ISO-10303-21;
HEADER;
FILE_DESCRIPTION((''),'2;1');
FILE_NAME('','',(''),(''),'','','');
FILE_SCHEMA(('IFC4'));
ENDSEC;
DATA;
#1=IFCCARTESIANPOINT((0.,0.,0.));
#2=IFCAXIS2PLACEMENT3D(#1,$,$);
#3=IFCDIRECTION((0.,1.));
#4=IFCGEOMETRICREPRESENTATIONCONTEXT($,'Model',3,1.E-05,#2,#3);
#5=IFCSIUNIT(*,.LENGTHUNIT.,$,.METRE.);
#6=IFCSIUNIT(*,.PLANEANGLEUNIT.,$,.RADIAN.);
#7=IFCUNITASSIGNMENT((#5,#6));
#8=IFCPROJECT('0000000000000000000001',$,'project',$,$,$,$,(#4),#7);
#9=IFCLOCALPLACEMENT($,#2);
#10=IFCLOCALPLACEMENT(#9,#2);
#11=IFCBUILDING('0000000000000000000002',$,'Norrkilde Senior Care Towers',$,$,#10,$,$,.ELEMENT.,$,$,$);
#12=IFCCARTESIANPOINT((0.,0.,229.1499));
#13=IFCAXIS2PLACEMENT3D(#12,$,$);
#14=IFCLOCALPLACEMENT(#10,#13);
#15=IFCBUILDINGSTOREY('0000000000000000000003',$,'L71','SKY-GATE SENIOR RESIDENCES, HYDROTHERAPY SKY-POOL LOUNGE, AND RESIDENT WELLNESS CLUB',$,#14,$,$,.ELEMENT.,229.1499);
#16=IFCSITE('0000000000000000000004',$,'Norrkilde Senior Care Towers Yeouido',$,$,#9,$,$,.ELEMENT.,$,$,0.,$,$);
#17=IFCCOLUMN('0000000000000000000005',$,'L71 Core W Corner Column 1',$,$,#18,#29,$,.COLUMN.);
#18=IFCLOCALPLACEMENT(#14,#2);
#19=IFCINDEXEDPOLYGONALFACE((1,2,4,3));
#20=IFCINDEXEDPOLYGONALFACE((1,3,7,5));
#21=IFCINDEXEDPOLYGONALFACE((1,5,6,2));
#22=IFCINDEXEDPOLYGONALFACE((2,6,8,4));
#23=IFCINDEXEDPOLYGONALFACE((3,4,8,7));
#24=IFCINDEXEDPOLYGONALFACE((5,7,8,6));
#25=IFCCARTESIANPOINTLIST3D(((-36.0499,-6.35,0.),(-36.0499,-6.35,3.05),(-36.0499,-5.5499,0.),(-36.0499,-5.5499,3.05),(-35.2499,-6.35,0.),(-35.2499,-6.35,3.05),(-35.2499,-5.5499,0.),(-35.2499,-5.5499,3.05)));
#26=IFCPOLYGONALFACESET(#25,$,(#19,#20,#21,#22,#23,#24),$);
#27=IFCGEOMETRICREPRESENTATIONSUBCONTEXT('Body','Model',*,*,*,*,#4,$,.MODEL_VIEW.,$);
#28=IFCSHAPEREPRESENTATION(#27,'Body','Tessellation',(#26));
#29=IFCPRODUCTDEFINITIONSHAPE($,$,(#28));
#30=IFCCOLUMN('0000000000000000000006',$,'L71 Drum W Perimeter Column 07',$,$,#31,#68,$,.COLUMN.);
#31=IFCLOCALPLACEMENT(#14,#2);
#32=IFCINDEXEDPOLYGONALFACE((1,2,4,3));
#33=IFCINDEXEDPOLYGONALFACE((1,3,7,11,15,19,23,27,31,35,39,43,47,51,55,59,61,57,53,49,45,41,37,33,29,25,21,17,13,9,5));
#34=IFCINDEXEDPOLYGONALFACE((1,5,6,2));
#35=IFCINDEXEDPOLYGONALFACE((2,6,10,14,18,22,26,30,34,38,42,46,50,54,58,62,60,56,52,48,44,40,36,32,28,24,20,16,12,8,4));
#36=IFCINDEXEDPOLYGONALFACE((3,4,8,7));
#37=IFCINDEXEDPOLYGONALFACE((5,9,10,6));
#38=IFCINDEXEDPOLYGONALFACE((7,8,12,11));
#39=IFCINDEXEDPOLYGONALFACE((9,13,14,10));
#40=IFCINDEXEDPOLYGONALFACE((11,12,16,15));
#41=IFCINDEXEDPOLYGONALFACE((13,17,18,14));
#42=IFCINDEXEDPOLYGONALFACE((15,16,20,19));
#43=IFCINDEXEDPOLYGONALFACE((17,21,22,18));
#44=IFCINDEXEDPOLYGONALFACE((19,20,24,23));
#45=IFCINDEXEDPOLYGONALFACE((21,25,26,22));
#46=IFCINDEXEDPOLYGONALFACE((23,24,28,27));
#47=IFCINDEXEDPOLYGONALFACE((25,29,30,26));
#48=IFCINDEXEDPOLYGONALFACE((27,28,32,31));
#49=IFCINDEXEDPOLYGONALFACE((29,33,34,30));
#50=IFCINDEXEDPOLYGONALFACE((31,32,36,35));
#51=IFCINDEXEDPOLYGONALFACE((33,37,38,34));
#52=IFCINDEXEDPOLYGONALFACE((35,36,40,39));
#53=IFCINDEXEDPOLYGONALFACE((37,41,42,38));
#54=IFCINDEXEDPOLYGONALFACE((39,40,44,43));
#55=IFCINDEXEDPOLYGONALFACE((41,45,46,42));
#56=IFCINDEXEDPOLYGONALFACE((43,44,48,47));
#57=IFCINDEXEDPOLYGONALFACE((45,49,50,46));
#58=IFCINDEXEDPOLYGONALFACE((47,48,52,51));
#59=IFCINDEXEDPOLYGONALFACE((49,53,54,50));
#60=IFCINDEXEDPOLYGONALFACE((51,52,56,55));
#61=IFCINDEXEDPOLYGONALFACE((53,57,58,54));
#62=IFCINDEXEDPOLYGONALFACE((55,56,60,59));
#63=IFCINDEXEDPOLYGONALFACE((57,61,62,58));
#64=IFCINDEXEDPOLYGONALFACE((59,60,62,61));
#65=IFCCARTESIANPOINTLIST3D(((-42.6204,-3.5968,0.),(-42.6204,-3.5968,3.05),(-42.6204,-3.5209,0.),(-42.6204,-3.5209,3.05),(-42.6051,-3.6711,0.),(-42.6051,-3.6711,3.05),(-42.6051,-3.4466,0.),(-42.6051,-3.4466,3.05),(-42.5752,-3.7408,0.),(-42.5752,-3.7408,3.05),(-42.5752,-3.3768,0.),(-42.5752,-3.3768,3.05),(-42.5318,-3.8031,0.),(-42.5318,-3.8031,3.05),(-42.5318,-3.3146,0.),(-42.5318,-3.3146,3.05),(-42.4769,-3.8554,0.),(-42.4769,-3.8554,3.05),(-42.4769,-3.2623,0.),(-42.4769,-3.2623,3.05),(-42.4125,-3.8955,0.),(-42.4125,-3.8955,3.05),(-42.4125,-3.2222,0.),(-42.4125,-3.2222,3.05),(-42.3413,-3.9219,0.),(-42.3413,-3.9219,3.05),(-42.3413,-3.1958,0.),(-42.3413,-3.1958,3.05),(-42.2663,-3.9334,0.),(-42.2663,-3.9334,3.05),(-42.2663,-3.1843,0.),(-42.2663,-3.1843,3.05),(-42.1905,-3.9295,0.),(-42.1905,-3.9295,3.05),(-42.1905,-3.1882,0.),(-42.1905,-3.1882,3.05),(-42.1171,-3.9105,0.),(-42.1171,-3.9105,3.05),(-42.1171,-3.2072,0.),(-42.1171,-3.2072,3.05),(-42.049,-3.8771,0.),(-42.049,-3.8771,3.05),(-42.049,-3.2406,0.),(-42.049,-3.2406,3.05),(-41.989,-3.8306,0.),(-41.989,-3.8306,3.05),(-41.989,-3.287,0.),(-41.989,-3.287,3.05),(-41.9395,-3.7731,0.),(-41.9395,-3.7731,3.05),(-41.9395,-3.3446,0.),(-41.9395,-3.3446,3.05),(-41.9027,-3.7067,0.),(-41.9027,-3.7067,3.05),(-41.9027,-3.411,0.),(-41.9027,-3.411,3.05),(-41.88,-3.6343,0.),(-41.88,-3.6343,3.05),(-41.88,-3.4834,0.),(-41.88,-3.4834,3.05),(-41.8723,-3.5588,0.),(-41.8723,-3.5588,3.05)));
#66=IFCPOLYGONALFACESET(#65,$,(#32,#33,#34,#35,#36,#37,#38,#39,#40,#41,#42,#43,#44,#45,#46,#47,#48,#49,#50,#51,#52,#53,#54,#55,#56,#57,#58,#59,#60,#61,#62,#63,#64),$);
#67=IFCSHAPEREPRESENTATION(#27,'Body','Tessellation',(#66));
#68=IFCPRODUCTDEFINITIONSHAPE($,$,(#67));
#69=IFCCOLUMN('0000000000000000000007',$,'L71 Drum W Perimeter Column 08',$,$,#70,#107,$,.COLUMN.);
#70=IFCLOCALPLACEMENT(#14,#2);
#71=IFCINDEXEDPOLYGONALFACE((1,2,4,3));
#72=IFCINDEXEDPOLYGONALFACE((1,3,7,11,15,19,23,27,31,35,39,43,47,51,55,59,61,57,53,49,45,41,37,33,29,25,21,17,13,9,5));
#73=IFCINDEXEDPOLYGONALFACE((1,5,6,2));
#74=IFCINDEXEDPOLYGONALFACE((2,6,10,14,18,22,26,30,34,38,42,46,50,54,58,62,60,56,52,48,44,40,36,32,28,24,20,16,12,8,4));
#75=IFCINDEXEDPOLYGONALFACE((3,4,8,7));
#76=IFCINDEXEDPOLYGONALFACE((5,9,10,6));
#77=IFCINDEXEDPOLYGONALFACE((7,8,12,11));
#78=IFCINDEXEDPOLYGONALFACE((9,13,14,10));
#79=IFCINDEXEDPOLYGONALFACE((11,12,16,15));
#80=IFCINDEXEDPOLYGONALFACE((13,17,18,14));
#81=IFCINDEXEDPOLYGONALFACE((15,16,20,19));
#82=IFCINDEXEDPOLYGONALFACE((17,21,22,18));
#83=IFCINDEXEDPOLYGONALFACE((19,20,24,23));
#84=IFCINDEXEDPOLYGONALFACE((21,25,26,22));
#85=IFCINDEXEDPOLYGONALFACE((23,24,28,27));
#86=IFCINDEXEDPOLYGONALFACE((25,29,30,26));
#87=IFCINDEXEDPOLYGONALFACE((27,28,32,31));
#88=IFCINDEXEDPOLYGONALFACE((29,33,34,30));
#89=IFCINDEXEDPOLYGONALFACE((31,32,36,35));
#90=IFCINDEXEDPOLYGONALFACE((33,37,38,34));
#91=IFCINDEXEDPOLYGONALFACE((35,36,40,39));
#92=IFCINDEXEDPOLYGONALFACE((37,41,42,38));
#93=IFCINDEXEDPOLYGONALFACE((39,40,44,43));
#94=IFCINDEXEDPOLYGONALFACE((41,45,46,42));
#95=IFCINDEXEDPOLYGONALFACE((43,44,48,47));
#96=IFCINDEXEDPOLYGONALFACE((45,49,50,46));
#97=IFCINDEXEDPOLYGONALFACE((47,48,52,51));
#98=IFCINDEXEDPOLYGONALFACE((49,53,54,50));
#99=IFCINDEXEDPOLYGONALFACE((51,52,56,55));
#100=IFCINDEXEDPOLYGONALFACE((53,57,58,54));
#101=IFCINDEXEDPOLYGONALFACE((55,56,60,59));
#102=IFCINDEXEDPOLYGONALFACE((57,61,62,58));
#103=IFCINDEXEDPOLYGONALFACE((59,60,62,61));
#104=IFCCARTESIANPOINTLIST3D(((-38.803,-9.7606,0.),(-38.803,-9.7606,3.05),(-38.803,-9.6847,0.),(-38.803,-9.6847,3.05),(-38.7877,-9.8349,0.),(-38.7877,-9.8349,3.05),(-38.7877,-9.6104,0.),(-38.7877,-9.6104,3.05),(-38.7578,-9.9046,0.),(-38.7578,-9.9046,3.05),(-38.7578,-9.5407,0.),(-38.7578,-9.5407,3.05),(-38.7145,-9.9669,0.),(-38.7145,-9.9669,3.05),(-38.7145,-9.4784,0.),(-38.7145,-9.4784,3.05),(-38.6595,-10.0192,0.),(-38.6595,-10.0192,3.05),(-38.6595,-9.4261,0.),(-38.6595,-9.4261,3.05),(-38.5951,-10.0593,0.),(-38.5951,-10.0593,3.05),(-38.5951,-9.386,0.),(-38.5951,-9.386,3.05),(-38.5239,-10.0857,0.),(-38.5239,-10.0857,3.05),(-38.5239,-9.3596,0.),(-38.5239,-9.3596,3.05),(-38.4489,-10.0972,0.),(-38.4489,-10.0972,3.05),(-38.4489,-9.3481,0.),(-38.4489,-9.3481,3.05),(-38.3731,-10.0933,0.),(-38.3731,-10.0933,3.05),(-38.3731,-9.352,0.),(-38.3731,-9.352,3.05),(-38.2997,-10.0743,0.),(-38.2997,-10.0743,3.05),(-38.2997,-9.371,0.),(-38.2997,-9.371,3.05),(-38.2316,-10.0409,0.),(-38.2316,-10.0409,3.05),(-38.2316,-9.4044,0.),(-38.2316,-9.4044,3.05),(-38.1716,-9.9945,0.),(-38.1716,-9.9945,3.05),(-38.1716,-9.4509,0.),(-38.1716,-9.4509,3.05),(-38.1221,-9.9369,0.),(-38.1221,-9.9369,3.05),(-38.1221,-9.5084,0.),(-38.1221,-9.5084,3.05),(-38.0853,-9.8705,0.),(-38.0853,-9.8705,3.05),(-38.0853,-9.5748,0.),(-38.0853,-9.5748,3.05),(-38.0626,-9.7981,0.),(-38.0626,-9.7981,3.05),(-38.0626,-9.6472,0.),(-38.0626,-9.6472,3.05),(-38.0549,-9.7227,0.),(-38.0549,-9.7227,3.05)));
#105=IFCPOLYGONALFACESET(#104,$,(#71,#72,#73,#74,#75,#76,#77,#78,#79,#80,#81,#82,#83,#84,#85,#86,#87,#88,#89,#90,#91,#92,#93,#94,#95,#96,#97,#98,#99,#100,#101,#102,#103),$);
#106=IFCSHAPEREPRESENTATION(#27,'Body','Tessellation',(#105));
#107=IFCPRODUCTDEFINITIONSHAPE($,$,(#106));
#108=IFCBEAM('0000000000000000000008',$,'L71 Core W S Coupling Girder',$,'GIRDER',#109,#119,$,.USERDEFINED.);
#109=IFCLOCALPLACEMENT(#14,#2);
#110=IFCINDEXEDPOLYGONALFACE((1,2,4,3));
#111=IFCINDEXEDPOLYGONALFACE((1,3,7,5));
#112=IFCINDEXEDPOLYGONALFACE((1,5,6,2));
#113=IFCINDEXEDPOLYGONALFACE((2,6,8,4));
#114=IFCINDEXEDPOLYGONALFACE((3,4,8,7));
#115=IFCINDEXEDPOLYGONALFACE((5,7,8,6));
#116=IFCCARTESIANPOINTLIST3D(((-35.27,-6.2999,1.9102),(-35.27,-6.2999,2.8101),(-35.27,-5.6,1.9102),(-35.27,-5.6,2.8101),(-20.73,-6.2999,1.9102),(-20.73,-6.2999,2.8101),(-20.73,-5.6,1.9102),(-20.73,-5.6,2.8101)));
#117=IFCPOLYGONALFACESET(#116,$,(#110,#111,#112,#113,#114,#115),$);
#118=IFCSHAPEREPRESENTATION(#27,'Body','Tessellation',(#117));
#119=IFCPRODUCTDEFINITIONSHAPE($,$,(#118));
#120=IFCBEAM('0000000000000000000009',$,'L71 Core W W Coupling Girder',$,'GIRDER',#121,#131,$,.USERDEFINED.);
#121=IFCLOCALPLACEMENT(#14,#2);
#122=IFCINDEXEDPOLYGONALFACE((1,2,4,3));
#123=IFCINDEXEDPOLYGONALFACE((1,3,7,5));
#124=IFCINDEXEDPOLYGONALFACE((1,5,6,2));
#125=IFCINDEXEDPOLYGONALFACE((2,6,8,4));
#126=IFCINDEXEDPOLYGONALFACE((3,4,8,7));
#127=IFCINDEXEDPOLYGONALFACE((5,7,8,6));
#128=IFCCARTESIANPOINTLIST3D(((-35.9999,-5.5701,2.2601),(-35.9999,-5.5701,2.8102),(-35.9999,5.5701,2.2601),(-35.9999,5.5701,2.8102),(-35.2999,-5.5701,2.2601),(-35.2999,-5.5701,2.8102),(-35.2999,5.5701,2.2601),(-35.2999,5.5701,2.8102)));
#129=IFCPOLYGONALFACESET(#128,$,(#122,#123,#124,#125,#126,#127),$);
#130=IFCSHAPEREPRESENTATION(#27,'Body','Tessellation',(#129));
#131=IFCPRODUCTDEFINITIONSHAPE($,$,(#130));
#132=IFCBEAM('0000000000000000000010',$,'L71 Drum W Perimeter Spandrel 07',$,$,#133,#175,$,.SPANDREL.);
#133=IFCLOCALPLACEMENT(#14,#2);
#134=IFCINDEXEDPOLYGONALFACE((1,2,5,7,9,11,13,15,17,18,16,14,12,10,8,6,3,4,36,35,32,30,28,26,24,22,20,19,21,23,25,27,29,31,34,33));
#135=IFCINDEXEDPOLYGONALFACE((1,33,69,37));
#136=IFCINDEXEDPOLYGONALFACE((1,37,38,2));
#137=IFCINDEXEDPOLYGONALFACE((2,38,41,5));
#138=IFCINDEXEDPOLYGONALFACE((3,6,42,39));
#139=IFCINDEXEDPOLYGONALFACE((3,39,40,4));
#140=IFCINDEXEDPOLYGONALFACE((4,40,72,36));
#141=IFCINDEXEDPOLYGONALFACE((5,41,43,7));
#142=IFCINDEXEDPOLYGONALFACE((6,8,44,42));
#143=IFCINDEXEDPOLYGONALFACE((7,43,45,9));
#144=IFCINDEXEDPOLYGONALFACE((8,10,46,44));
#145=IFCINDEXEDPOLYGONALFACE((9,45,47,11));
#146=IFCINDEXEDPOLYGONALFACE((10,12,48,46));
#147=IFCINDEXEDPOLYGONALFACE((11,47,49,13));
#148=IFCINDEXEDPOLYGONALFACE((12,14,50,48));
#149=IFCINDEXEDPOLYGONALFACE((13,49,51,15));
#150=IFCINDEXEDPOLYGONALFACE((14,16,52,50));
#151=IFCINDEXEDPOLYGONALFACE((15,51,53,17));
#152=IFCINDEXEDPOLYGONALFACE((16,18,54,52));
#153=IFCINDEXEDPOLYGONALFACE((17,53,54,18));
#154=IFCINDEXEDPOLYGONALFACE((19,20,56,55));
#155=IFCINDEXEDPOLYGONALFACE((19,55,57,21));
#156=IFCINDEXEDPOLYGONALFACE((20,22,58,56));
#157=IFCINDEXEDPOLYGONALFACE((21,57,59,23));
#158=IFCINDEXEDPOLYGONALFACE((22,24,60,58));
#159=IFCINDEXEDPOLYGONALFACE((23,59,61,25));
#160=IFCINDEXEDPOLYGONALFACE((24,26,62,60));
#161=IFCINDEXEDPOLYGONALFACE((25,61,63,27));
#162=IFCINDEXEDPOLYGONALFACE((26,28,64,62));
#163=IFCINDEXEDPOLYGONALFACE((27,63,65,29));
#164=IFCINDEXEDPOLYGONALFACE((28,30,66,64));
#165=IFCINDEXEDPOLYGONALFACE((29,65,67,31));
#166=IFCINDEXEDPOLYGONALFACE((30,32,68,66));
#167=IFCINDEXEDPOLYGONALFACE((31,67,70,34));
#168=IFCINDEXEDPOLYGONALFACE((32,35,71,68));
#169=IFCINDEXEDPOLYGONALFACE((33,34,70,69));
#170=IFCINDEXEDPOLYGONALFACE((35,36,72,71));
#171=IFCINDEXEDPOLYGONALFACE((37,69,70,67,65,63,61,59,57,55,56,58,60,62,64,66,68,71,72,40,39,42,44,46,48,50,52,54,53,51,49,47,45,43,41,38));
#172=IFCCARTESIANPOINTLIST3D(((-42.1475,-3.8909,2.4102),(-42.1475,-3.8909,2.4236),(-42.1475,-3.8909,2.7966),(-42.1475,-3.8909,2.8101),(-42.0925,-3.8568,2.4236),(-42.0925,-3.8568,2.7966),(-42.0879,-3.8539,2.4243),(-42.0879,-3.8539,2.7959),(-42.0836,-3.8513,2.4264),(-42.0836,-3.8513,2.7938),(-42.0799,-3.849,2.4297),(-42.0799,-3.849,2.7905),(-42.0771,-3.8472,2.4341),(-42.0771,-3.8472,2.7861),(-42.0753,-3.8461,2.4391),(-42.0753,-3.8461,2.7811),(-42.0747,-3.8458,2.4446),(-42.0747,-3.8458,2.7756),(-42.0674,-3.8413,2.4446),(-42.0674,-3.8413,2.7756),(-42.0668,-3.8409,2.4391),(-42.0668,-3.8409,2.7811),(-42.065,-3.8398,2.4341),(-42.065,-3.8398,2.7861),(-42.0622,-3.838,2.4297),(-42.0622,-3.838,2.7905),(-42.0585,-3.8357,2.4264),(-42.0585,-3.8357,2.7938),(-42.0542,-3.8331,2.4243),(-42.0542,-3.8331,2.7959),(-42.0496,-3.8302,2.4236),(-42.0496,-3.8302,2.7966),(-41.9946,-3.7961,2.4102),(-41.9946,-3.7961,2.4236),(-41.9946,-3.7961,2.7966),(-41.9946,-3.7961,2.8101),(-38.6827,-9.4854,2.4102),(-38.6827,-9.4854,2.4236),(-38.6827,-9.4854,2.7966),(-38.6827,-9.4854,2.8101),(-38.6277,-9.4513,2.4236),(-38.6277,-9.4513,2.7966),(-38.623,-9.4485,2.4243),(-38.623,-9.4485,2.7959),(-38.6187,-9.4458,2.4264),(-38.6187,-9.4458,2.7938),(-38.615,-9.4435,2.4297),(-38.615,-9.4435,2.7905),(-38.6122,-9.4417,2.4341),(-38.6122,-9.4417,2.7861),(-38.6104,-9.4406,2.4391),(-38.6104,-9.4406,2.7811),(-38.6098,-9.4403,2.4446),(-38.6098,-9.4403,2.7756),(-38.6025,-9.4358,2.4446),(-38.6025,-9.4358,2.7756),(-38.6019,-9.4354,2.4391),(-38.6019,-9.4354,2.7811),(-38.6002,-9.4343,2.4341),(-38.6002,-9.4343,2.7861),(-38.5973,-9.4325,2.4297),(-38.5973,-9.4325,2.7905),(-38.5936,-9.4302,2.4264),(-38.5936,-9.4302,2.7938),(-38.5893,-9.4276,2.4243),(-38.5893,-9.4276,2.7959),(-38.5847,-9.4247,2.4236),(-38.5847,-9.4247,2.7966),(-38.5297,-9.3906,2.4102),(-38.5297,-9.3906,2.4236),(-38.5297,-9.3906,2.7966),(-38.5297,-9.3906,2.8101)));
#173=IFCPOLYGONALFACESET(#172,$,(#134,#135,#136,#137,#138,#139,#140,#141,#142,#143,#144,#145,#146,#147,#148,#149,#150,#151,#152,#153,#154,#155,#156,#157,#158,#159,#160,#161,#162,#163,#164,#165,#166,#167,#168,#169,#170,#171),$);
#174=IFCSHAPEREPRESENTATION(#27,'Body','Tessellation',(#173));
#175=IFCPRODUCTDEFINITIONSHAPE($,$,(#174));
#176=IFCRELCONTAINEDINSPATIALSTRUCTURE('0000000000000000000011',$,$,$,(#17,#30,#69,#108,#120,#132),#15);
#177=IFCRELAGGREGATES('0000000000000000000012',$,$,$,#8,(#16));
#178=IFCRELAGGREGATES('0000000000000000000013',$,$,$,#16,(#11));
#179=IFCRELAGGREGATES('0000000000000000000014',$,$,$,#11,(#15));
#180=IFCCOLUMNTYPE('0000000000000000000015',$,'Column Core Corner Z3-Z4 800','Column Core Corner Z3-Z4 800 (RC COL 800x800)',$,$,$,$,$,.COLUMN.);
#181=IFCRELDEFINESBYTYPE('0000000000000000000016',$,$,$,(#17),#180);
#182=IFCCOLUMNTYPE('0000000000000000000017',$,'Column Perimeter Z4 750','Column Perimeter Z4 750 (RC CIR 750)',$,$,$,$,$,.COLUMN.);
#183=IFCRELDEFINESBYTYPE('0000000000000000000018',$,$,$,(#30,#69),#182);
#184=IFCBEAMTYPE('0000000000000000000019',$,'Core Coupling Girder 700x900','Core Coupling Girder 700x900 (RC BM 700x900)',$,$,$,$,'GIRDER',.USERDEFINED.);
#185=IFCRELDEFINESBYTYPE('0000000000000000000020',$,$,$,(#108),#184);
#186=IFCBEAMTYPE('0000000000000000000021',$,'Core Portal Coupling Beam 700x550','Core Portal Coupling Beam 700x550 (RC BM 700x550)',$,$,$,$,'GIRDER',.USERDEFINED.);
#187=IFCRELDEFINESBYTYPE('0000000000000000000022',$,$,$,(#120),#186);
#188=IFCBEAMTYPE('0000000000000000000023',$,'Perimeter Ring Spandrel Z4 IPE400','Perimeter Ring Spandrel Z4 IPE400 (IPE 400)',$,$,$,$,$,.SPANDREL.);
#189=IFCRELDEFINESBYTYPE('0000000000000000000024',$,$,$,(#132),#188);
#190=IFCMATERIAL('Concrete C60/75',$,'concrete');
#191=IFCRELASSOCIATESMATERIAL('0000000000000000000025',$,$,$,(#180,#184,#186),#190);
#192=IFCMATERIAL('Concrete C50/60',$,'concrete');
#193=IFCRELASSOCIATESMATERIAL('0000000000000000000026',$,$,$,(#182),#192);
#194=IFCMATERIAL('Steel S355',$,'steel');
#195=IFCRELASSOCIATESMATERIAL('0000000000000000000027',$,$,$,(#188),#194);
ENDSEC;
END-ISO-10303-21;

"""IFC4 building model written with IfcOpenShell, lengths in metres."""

from ifc_helpers import new_model, si_unit, direction, frame, origin, origin_2d, place, context, subcontext, project, spatial, rectangle, circle, i_section, extrude, source, transform, mapped, material, material_profile, profile_set, type_object, type_shapes, element, save


model = new_model("IFC4")

# Units and contexts
model_context = context("Model", 3, precision=1e-05, world=origin(), true_north=direction((0.0, 1.0)))
body_context = subcontext(model_context, "Body", "Model", "MODEL_VIEW")
ifc_project = project(units=[si_unit("LENGTHUNIT", "METRE"), si_unit("PLANEANGLEUNIT", "RADIAN")], contexts=[model_context])

# Site, building, storey
site_placement = place(None, origin())
site = spatial("IfcSite", under=ifc_project, at=site_placement, Name="Norrkilde Senior Care Towers Yeouido", CompositionType="ELEMENT", RefElevation=0.0)
building_placement = place(site_placement, origin())
building = spatial("IfcBuilding", under=site, at=building_placement, Name="Norrkilde Senior Care Towers", CompositionType="ELEMENT")
storey_placement = place(building_placement, frame((0.0, 0.0, 229.1499)))
storey = spatial("IfcBuildingStorey", under=building, at=storey_placement, Name="L71", Description="SKY-GATE SENIOR RESIDENCES, HYDROTHERAPY SKY-POOL LOUNGE, AND RESIDENT WELLNESS CLUB", CompositionType="ELEMENT", Elevation=229.1499)

# Columns
ifc_material_1 = material(Name="Concrete C60/75", Category="concrete")
ifc_material_profile_1 = material_profile(ifc_material_1, rectangle(XDim=0.8, YDim=0.8, at=origin_2d()), Name="RC COL 800x800")
ifc_profile_set_1 = profile_set([ifc_material_profile_1], Name="Concrete C60/75")
column_type_1 = type_object("IfcColumnType", Name="Column Core Corner Z3-Z4 800", Description="Column Core Corner Z3-Z4 800 (RC COL 800x800)", PredefinedType="COLUMN", material=ifc_profile_set_1)
shared_shape_1 = source(origin(), body_context, "Body", "SweptSolid", [
    extrude(rectangle(XDim=0.8, YDim=0.8, at=origin_2d()), origin(), (0.0, 0.0, 1.0), 3.05),
])
type_shapes(column_type_1, [shared_shape_1])
column_placement = place(storey_placement, frame((-35.6499, -5.95, 0.0), z_axis=(0.0, 0.0, 1.0), x_axis=(1.0, 0.0, 0.0)))
element("IfcColumn", 1, at=column_placement, inside=storey, type_object=column_type_1, Name="L71 Core W Corner Column 1", PredefinedType="COLUMN", context=body_context, shape_type="MappedRepresentation", body=[
    mapped(shared_shape_1, transform((0.0, 0.0, 0.0), x_axis=(1.0, 0.0, 0.0), y_axis=(0.0, 1.0, 0.0), z_axis=(0.0, 0.0, 1.0), scale=1.0)),
])
ifc_material_2 = material(Name="Concrete C50/60", Category="concrete")
ifc_material_profile_2 = material_profile(ifc_material_2, circle(Radius=0.375, at=origin_2d()), Name="RC CIR 750")
ifc_profile_set_2 = profile_set([ifc_material_profile_2], Name="Concrete C50/60")
column_type_2 = type_object("IfcColumnType", Name="Column Perimeter Z4 750", Description="Column Perimeter Z4 750 (RC CIR 750)", PredefinedType="COLUMN", material=ifc_profile_set_2)
shared_shape_2 = source(origin(), body_context, "Body", "SweptSolid", [
    extrude(circle(Radius=0.375, at=origin_2d()), origin(), (0.0, 0.0, 1.0), 3.05),
])
type_shapes(column_type_2, [shared_shape_2])
for number, where, z_axis, x_axis, name in (
    (2, (-42.2473, -3.5588, 0.0), (0.0, 0.0, 1.0), (1.0, 0.0, 0.0), "L71 Drum W Perimeter Column 07"),
    (3, (-38.4299, -9.7227, 0.0), (0.0, 0.0, 1.0), (1.0, 0.0, 0.0), "L71 Drum W Perimeter Column 08"),
):
    element("IfcColumn", number, at=place(storey_placement, frame(where, z_axis=z_axis, x_axis=x_axis)), inside=storey, type_object=column_type_2, Name=name, PredefinedType="COLUMN", context=body_context, shape_type="MappedRepresentation", body=[
        mapped(shared_shape_2, transform((0.0, 0.0, 0.0), x_axis=(1.0, 0.0, 0.0), y_axis=(0.0, 1.0, 0.0), z_axis=(0.0, 0.0, 1.0), scale=1.0)),
    ])

# Beams
ifc_material_profile_3 = material_profile(ifc_material_1, rectangle(XDim=0.7, YDim=0.8999, at=origin_2d()), Name="RC BM 700x900")
ifc_profile_set_3 = profile_set([ifc_material_profile_3], Name="Concrete C60/75")
beam_type_1 = type_object("IfcBeamType", Name="Core Coupling Girder 700x900", Description="Core Coupling Girder 700x900 (RC BM 700x900)", ElementType="GIRDER", PredefinedType="USERDEFINED", material=ifc_profile_set_3)
shared_shape_3 = source(origin(), body_context, "Body", "SweptSolid", [
    extrude(rectangle(XDim=0.7, YDim=0.8999, at=origin_2d()), origin(), (0.0, 0.0, 1.0), 14.54),
])
type_shapes(beam_type_1, [shared_shape_3])
beam_1_placement = place(storey_placement, frame((-35.27, -5.95, 2.3601), z_axis=(1.0, 0.0, 0.0), x_axis=(0.0, 1.0, 0.0)))
element("IfcBeam", 4, at=beam_1_placement, inside=storey, type_object=beam_type_1, Name="L71 Core W S Coupling Girder", ObjectType="GIRDER", PredefinedType="USERDEFINED", context=body_context, shape_type="MappedRepresentation", body=[
    mapped(shared_shape_3, transform((0.0, 0.0, 0.0), x_axis=(1.0, 0.0, 0.0), y_axis=(0.0, 1.0, 0.0), z_axis=(0.0, 0.0, 1.0), scale=1.0)),
])
ifc_material_profile_4 = material_profile(ifc_material_1, rectangle(XDim=0.7, YDim=0.55, at=origin_2d()), Name="RC BM 700x550")
ifc_profile_set_4 = profile_set([ifc_material_profile_4], Name="Concrete C60/75")
beam_type_2 = type_object("IfcBeamType", Name="Core Portal Coupling Beam 700x550", Description="Core Portal Coupling Beam 700x550 (RC BM 700x550)", ElementType="GIRDER", PredefinedType="USERDEFINED", material=ifc_profile_set_4)
shared_shape_4 = source(origin(), body_context, "Body", "SweptSolid", [
    extrude(rectangle(XDim=0.7, YDim=0.55, at=origin_2d()), origin(), (0.0, 0.0, 1.0), 11.1401),
])
type_shapes(beam_type_2, [shared_shape_4])
beam_2_placement = place(storey_placement, frame((-35.6499, -5.5701, 2.5352), z_axis=(0.0, 1.0, 0.0), x_axis=(-1.0, 0.0, 0.0)))
element("IfcBeam", 5, at=beam_2_placement, inside=storey, type_object=beam_type_2, Name="L71 Core W W Coupling Girder", ObjectType="GIRDER", PredefinedType="USERDEFINED", context=body_context, shape_type="MappedRepresentation", body=[
    mapped(shared_shape_4, transform((0.0, 0.0, 0.0), x_axis=(1.0, 0.0, 0.0), y_axis=(0.0, 1.0, 0.0), z_axis=(0.0, 0.0, 1.0), scale=1.0)),
])
ifc_material_3 = material(Name="Steel S355", Category="steel")
ifc_material_profile_5 = material_profile(ifc_material_3, i_section(OverallWidth=0.1799, OverallDepth=0.3999, WebThickness=0.0085, FlangeThickness=0.0134, FilletRadius=0.021, at=origin_2d()), Name="IPE 400")
ifc_profile_set_5 = profile_set([ifc_material_profile_5], Name="Steel S355")
beam_type_3 = type_object("IfcBeamType", Name="Perimeter Ring Spandrel Z4 IPE400", Description="Perimeter Ring Spandrel Z4 IPE400 (IPE 400)", PredefinedType="SPANDREL", material=ifc_profile_set_5)
shared_shape_5 = source(origin(), body_context, "Body", "SweptSolid", [
    extrude(i_section(OverallWidth=0.1799, OverallDepth=0.3999, WebThickness=0.0085, FlangeThickness=0.0134, FilletRadius=0.021, at=origin_2d()), origin(), (0.0, 0.0, 1.0), 6.5806),
])
beam_3_placement = place(storey_placement, frame((-42.071, -3.8435, 2.6101), z_axis=(0.52653, -0.850157, 0.0), x_axis=(0.850157, 0.52653, 0.0)))
element("IfcBeam", 6, at=beam_3_placement, inside=storey, type_object=beam_type_3, Name="L71 Drum W Perimeter Spandrel 07", PredefinedType="SPANDREL", context=body_context, shape_type="MappedRepresentation", body=[
    mapped(shared_shape_5, transform((0.0, 0.0, 0.0), x_axis=(1.0, 0.0, 0.0), y_axis=(0.0, 1.0, 0.0), z_axis=(0.0, 0.0, 1.0), scale=1.0)),
])

save(model, "model.ifc")
